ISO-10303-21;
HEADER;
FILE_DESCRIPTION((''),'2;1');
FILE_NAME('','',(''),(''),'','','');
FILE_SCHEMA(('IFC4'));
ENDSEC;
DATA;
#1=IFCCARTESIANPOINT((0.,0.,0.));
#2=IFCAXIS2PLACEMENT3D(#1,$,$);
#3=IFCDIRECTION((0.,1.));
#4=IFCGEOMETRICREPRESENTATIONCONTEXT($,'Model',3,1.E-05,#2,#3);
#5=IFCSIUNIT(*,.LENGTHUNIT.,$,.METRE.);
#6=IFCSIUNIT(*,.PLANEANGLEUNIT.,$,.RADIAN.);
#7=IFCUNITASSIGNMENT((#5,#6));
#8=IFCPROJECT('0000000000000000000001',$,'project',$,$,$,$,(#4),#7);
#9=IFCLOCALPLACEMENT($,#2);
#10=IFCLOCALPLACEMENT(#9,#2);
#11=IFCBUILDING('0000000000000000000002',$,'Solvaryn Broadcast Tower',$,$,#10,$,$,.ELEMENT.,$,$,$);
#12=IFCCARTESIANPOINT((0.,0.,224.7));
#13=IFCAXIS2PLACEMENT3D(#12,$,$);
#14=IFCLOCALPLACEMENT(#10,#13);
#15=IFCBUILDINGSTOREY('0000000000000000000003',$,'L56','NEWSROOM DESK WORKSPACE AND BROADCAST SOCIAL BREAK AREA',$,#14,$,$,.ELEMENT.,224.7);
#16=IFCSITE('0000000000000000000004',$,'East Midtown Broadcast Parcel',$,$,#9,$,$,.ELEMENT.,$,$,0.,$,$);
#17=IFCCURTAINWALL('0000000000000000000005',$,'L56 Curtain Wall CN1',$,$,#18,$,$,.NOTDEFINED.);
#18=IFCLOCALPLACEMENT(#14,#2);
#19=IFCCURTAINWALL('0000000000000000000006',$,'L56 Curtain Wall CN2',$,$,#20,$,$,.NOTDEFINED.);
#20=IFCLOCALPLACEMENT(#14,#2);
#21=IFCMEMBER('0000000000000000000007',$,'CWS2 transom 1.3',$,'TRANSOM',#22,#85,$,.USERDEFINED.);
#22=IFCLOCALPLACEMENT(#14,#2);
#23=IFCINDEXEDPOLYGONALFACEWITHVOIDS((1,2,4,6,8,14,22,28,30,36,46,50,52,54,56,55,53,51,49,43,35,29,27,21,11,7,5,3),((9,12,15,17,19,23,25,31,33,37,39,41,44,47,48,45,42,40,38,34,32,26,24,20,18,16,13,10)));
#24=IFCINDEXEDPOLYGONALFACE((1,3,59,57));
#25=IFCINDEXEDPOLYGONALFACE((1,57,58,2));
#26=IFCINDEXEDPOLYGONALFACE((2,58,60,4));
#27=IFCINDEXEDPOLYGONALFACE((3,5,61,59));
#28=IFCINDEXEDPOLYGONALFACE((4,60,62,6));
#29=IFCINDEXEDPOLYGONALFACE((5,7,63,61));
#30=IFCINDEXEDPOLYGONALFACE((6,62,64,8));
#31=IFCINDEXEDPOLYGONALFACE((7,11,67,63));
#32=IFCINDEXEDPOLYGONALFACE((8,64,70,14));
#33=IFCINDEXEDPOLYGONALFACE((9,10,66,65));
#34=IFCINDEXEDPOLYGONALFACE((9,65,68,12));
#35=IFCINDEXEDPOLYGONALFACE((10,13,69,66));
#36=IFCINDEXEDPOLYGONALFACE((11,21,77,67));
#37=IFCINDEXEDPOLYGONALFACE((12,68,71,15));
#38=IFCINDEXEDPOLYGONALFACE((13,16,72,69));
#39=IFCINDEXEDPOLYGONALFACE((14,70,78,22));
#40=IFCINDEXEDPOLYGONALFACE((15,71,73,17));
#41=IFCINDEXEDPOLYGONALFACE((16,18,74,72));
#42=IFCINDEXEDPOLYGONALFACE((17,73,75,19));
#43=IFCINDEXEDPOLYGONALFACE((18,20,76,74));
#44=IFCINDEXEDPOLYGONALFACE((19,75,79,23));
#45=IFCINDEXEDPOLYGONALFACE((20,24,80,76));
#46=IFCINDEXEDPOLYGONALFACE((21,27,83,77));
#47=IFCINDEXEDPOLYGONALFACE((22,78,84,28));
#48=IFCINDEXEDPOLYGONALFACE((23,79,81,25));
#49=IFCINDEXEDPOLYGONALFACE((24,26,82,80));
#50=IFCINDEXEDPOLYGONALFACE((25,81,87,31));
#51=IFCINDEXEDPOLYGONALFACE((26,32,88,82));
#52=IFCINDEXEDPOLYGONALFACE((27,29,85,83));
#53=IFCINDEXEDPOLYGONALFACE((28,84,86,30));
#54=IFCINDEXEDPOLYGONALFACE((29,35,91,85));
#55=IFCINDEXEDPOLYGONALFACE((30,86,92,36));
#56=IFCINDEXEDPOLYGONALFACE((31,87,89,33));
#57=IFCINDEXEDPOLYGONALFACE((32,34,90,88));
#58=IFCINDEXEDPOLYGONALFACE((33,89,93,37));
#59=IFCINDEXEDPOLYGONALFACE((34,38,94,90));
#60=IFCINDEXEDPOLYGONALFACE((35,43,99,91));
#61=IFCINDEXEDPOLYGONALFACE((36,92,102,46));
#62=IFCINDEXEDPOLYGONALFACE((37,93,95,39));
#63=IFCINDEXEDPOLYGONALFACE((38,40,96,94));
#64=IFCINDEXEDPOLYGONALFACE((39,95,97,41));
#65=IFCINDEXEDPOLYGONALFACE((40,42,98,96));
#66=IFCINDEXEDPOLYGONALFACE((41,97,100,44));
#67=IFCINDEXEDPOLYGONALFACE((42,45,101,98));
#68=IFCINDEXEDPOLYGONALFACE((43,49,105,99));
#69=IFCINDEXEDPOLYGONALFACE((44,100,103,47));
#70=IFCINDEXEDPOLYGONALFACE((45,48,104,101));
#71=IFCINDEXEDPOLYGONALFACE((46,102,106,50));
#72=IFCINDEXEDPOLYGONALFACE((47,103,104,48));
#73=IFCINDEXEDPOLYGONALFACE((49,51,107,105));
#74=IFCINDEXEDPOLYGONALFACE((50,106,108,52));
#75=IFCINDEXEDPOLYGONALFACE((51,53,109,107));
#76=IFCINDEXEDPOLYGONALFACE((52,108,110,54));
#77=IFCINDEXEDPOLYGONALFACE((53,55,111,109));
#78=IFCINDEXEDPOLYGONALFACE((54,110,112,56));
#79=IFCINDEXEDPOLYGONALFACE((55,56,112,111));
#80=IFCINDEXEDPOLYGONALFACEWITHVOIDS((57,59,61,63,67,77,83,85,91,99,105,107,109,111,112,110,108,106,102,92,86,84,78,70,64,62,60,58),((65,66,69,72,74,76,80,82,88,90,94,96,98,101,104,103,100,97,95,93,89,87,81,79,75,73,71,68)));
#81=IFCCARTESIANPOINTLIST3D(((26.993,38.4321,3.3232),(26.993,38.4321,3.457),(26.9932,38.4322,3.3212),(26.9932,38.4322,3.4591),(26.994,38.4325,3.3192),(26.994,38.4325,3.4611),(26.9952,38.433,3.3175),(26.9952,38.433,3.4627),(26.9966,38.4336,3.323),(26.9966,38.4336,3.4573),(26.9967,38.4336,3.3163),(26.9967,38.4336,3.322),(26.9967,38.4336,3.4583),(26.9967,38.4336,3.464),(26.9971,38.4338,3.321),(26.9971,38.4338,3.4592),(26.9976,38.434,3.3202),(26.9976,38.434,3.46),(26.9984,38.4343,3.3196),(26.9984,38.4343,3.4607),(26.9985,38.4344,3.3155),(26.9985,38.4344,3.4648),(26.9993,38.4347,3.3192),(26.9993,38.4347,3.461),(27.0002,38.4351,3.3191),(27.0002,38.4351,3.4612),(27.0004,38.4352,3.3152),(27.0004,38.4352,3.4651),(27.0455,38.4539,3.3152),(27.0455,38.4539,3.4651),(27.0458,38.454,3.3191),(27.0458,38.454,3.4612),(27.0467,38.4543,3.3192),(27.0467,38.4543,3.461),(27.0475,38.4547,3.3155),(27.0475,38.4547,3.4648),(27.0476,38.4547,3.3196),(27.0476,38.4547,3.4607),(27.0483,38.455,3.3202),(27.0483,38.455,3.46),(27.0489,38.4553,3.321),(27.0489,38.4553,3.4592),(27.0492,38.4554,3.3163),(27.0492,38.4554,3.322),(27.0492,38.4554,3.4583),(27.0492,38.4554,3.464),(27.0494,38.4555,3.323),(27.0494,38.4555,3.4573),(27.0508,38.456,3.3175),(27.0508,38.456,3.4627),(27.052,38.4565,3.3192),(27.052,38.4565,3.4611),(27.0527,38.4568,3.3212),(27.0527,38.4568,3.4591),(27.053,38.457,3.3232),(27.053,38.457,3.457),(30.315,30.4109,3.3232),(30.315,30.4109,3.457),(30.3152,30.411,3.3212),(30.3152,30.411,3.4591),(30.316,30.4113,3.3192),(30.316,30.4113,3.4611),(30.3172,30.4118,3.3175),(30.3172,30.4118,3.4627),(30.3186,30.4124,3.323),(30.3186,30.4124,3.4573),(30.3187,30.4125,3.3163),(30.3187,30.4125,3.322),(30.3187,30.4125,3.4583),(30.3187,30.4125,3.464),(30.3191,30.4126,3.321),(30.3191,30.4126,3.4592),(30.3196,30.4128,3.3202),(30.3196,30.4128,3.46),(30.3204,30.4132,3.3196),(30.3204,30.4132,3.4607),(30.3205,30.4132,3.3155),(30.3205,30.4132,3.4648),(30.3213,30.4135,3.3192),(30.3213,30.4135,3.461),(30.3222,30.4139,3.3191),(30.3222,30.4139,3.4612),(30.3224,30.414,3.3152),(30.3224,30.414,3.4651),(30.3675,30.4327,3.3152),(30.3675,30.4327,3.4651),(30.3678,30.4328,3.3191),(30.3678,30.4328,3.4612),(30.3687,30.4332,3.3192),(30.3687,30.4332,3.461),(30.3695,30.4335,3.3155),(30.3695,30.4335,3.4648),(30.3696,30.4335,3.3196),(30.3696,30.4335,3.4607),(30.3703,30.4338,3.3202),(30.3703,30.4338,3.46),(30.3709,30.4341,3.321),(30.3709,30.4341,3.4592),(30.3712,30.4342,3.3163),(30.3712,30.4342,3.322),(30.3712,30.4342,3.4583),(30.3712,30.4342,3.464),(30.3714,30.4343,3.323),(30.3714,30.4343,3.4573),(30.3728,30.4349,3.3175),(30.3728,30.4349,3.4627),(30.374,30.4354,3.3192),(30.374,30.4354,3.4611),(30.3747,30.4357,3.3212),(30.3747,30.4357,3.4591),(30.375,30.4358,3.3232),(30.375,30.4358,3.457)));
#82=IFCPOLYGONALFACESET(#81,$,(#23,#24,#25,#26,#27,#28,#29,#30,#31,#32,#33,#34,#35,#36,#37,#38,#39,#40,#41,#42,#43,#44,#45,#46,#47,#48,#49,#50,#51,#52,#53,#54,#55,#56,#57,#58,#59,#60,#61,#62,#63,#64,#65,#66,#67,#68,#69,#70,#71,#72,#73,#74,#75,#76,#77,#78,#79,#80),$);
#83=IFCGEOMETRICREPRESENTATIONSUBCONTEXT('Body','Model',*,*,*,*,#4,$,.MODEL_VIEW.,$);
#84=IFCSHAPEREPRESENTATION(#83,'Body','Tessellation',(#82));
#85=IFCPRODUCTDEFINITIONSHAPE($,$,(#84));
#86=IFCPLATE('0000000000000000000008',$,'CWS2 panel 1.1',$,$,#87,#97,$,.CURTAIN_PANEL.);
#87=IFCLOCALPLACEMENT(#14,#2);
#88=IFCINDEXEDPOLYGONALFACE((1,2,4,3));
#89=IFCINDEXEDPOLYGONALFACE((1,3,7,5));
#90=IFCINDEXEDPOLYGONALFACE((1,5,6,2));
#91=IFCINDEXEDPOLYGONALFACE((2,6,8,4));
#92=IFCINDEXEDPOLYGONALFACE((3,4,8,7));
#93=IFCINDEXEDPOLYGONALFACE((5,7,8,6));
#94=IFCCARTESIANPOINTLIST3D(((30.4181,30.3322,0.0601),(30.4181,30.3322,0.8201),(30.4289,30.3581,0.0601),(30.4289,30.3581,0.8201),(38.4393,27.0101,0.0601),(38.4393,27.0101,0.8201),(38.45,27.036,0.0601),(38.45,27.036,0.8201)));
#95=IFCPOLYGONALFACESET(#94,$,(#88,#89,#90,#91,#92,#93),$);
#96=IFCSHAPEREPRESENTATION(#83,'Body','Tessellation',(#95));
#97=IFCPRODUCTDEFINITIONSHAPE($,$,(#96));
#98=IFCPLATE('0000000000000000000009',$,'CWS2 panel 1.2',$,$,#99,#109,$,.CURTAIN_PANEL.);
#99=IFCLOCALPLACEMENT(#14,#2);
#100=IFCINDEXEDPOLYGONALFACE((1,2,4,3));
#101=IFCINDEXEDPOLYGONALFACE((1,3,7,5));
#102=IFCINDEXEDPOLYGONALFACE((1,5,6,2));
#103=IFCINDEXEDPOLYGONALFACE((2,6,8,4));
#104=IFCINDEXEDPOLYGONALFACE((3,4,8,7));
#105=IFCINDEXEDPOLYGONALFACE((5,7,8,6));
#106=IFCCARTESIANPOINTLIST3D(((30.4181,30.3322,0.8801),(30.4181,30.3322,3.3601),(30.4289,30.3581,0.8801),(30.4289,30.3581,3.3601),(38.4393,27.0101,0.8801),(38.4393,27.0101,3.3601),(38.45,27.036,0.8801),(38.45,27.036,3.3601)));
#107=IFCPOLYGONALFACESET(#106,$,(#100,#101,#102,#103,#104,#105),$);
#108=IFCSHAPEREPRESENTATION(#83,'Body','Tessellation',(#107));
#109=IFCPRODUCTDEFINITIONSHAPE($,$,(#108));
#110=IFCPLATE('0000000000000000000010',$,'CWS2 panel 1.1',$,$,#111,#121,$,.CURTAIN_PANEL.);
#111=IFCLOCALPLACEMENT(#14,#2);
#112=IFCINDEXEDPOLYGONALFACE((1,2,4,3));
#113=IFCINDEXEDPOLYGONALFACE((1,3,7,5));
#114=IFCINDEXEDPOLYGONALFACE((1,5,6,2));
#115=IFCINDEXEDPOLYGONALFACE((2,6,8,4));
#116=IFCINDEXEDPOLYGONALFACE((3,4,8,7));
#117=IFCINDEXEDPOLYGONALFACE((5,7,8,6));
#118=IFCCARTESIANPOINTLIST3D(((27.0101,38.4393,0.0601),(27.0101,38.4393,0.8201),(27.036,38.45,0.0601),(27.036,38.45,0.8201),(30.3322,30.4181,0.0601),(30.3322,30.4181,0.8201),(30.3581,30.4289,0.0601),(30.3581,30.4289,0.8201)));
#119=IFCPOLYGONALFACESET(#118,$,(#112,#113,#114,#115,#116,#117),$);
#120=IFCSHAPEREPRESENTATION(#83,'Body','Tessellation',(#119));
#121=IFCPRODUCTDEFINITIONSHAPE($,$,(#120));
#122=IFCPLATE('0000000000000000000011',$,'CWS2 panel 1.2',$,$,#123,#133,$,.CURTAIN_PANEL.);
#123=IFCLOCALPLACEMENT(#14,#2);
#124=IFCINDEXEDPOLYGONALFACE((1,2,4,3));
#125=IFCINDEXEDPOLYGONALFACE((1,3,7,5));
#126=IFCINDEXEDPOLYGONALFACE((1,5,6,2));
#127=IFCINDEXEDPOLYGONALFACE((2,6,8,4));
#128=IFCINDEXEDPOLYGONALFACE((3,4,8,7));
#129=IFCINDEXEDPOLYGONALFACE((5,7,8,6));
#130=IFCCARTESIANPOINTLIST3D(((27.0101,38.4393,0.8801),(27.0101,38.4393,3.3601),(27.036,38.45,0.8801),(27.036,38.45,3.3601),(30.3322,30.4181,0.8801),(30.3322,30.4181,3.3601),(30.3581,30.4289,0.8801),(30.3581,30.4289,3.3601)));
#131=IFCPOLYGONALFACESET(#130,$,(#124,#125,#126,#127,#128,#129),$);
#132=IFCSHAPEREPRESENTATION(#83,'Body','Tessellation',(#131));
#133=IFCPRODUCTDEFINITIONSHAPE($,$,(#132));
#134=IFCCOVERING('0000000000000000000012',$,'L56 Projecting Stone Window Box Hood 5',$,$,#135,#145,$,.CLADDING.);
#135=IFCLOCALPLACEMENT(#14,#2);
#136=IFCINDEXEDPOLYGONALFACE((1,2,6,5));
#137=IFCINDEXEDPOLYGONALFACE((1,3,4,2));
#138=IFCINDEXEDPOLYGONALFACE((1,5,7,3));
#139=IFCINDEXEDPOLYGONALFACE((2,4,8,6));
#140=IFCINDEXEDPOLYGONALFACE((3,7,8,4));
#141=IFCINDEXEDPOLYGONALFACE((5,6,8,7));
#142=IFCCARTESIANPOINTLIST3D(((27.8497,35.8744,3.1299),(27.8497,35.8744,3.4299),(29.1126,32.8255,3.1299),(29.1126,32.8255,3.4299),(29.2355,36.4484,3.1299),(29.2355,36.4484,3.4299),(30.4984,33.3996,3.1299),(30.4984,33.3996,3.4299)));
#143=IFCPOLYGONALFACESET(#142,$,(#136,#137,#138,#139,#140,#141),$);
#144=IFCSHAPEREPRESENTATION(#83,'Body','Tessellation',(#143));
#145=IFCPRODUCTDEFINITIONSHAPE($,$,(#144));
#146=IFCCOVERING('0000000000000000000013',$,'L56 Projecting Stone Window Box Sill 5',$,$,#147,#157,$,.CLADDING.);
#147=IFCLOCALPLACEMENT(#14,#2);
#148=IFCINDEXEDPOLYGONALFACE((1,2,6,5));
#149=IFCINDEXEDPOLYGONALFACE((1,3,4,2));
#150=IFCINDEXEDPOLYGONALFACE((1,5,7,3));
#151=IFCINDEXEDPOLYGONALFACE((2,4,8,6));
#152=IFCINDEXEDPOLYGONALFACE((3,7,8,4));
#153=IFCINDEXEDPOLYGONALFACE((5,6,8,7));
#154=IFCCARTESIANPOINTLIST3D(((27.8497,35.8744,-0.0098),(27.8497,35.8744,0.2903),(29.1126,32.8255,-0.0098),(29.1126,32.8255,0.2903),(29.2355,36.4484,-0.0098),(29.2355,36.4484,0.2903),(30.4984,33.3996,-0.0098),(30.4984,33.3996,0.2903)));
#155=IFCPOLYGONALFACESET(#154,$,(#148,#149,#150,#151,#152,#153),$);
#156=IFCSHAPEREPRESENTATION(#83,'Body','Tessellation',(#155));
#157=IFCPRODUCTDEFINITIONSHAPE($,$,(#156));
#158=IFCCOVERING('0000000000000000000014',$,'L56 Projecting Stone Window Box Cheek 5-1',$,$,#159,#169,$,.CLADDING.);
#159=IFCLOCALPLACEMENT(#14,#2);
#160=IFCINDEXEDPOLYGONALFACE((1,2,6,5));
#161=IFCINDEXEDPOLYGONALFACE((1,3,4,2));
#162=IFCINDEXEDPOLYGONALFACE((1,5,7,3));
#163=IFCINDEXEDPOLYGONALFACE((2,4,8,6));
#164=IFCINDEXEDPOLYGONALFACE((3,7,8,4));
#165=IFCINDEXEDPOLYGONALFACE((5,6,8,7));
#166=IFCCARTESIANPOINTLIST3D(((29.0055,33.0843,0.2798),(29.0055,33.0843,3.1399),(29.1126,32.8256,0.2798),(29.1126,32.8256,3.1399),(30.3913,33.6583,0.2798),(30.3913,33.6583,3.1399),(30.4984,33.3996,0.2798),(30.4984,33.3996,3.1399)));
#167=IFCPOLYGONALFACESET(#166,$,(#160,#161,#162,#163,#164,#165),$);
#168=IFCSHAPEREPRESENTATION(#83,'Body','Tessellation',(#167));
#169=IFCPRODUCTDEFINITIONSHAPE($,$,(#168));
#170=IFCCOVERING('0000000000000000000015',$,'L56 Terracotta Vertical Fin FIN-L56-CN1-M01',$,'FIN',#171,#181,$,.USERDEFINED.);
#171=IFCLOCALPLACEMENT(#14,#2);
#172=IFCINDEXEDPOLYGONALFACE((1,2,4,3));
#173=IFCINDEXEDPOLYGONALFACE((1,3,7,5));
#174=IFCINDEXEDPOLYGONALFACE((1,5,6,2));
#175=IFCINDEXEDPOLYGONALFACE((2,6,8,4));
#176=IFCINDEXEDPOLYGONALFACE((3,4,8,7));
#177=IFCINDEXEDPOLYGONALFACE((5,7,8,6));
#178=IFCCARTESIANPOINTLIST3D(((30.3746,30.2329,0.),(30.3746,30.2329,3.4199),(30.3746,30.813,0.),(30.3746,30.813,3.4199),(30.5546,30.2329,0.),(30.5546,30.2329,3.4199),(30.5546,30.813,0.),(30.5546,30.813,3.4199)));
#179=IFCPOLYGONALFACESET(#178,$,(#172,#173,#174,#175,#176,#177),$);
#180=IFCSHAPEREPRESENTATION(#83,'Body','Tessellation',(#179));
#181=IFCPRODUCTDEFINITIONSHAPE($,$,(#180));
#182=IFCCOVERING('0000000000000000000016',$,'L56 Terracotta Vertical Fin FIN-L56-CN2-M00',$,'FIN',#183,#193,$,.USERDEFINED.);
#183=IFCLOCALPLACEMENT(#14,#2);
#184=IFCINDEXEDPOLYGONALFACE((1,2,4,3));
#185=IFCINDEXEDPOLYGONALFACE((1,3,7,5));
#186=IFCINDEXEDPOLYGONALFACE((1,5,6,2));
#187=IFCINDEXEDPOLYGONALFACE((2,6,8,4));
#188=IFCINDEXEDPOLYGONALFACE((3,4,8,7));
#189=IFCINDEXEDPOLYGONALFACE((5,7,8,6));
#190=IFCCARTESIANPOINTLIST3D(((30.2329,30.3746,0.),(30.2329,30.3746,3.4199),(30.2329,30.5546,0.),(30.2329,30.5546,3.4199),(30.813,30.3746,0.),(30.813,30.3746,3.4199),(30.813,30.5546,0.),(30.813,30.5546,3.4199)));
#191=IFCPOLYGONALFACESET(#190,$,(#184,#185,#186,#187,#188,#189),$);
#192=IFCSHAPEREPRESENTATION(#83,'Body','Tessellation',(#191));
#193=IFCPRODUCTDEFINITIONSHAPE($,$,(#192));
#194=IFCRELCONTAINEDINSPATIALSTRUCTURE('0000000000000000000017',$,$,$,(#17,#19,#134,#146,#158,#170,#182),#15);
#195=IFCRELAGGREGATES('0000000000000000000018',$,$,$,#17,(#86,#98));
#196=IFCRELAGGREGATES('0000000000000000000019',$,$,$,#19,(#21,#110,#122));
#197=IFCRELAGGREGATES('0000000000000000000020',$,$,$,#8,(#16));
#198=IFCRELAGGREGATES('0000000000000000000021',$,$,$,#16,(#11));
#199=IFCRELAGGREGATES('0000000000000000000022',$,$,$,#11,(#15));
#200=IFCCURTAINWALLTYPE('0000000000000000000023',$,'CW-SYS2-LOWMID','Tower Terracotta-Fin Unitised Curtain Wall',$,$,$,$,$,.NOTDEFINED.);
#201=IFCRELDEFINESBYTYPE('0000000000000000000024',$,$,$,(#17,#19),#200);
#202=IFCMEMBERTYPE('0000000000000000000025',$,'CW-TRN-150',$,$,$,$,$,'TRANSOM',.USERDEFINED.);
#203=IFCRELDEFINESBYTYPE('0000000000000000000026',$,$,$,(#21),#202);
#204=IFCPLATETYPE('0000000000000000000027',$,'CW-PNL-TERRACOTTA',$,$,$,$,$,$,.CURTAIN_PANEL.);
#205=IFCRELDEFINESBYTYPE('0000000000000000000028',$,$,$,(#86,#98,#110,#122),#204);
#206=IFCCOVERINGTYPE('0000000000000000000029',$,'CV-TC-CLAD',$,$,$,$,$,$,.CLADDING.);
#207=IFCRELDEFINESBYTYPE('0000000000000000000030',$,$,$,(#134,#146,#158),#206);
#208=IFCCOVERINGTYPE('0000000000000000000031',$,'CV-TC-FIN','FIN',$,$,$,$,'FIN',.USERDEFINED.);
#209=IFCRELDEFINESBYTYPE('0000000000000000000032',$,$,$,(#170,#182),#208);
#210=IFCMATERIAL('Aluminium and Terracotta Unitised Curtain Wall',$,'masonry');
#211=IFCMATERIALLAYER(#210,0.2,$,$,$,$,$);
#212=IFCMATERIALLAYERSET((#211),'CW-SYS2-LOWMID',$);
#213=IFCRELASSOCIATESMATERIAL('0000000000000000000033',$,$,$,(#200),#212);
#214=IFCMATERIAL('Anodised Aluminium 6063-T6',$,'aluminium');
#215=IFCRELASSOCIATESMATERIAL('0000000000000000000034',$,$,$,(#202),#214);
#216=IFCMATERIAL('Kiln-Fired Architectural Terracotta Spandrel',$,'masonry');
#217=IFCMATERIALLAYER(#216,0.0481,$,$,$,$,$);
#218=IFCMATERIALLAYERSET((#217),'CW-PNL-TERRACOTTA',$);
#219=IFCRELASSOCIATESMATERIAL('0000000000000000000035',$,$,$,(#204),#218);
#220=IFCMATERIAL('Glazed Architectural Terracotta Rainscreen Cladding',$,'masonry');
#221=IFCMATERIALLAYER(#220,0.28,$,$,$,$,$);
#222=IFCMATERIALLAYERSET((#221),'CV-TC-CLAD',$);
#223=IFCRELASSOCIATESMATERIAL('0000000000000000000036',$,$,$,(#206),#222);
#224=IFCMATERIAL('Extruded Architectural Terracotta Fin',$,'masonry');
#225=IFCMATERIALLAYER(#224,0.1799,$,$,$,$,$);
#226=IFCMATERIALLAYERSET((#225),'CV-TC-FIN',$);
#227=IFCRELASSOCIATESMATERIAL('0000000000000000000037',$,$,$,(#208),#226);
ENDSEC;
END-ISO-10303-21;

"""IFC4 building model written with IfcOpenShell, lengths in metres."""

from ifc_helpers import new_model, si_unit, direction, frame, origin, origin_2d, place, context, subcontext, project, spatial, rectangle, hollow_rectangle, extrude, material, layer, layer_set, material_profile, profile_set, type_object, element, aggregate, save


model = new_model("IFC4")

# Units and contexts
model_context = context("Model", 3, precision=1e-05, world=origin(), true_north=direction((0.0, 1.0)))
body_context = subcontext(model_context, "Body", "Model", "MODEL_VIEW")
ifc_project = project(units=[si_unit("LENGTHUNIT", "METRE"), si_unit("PLANEANGLEUNIT", "RADIAN")], contexts=[model_context])

# Site, building, storey
site_placement = place(None, origin())
site = spatial("IfcSite", under=ifc_project, at=site_placement, Name="East Midtown Broadcast Parcel", CompositionType="ELEMENT", RefElevation=0.0)
building_placement = place(site_placement, origin())
building = spatial("IfcBuilding", under=site, at=building_placement, Name="Solvaryn Broadcast Tower", CompositionType="ELEMENT")
storey_placement = place(building_placement, frame((0.0, 0.0, 224.7)))
storey = spatial("IfcBuildingStorey", under=building, at=storey_placement, Name="L56", Description="NEWSROOM DESK WORKSPACE AND BROADCAST SOCIAL BREAK AREA", CompositionType="ELEMENT", Elevation=224.7)

# Curtain wall
ifc_material_1 = material(Name="Aluminium and Terracotta Unitised Curtain Wall", Category="masonry")
ifc_layer_1 = layer(ifc_material_1, 0.2)
ifc_layer_set_1 = layer_set([ifc_layer_1], Name="CW-SYS2-LOWMID")
curtain_wall_type = type_object("IfcCurtainWallType", Name="CW-SYS2-LOWMID", Description="Tower Terracotta-Fin Unitised Curtain Wall", PredefinedType="NOTDEFINED", material=ifc_layer_set_1)
curtain_wall_1_placement = place(storey_placement, origin())
curtain_wall_1 = element("IfcCurtainWall", 1, at=curtain_wall_1_placement, inside=storey, type_object=curtain_wall_type, Name="L56 Curtain Wall CN1", PredefinedType="NOTDEFINED")

# Curtain wall, member
curtain_wall_2_placement = place(storey_placement, origin())
curtain_wall_2 = element("IfcCurtainWall", 2, at=curtain_wall_2_placement, inside=storey, type_object=curtain_wall_type, Name="L56 Curtain Wall CN2", PredefinedType="NOTDEFINED")
ifc_material_2 = material(Name="Anodised Aluminium 6063-T6", Category="aluminium")
ifc_material_profile_1 = material_profile(ifc_material_2, hollow_rectangle(XDim=0.0649, YDim=0.1499, WallThickness=0.0039, InnerFilletRadius=0.0039, OuterFilletRadius=0.0081, at=origin_2d()))
ifc_profile_set_1 = profile_set([ifc_material_profile_1], Name="Anodised Aluminium 6063-T6")
member_type_1 = type_object("IfcMemberType", Name="CW-TRN-150", ElementType="TRANSOM", PredefinedType="USERDEFINED", material=ifc_profile_set_1)
member_1_placement = place(storey_placement, frame((30.345, 30.4233, 3.3901), z_axis=(-0.382636, 0.923899, 0.0), x_axis=(-0.923899, -0.382636, 0.0)))
member_1 = element("IfcMember", 3, at=member_1_placement, type_object=member_type_1, Name="CWS2 transom 1.3", ObjectType="TRANSOM", PredefinedType="USERDEFINED", context=body_context, shape_type="SweptSolid", body=[
    extrude(hollow_rectangle(XDim=0.0649, YDim=0.1499, WallThickness=0.0039, InnerFilletRadius=0.0039, OuterFilletRadius=0.0081, at=origin_2d()), origin(), (0.0, 0.0, 1.0), 8.6819),
])

# Plates
ifc_material_3 = material(Name="Kiln-Fired Architectural Terracotta Spandrel", Category="masonry")
ifc_layer_2 = layer(ifc_material_3, 0.0481)
ifc_layer_set_2 = layer_set([ifc_layer_2], Name="CW-PNL-TERRACOTTA")
plate_type = type_object("IfcPlateType", Name="CW-PNL-TERRACOTTA", PredefinedType="CURTAIN_PANEL", material=ifc_layer_set_2)
plate_1_placement = place(storey_placement, frame((34.4341, 28.6841, 0.0601), z_axis=(0.0, 0.0, 1.0), x_axis=(-0.923895, 0.382646, 0.0)))
plate_1 = element("IfcPlate", 4, at=plate_1_placement, type_object=plate_type, Name="CWS2 panel 1.1", PredefinedType="CURTAIN_PANEL", context=body_context, shape_type="SweptSolid", body=[
    extrude(rectangle(XDim=8.6819, YDim=0.0281, at=origin_2d()), origin(), (0.0, 0.0, 1.0), 0.76),
])
plate_2_placement = place(storey_placement, frame((34.4341, 28.6841, 0.8801), z_axis=(0.0, 0.0, 1.0), x_axis=(-0.923895, 0.382646, 0.0)))
plate_2 = element("IfcPlate", 5, at=plate_2_placement, type_object=plate_type, Name="CWS2 panel 1.2", PredefinedType="CURTAIN_PANEL", context=body_context, shape_type="SweptSolid", body=[
    extrude(rectangle(XDim=8.6819, YDim=0.0281, at=origin_2d()), origin(), (0.0, 0.0, 1.0), 2.48),
])
aggregate(curtain_wall_1, [plate_1, plate_2])
plate_3_placement = place(storey_placement, frame((28.6841, 34.4341, 0.0601), z_axis=(0.0, 0.0, 1.0), x_axis=(-0.382646, 0.923895, 0.0)))
plate_3 = element("IfcPlate", 6, at=plate_3_placement, type_object=plate_type, Name="CWS2 panel 1.1", PredefinedType="CURTAIN_PANEL", context=body_context, shape_type="SweptSolid", body=[
    extrude(rectangle(XDim=8.6819, YDim=0.0281, at=origin_2d()), origin(), (0.0, 0.0, 1.0), 0.76),
])
plate_4_placement = place(storey_placement, frame((28.6841, 34.4341, 0.8801), z_axis=(0.0, 0.0, 1.0), x_axis=(-0.382646, 0.923895, 0.0)))
plate_4 = element("IfcPlate", 7, at=plate_4_placement, type_object=plate_type, Name="CWS2 panel 1.2", PredefinedType="CURTAIN_PANEL", context=body_context, shape_type="SweptSolid", body=[
    extrude(rectangle(XDim=8.6819, YDim=0.0281, at=origin_2d()), origin(), (0.0, 0.0, 1.0), 2.48),
])
aggregate(curtain_wall_2, [member_1, plate_3, plate_4])

# Coverings
ifc_material_4 = material(Name="Glazed Architectural Terracotta Rainscreen Cladding", Category="masonry")
ifc_layer_3 = layer(ifc_material_4, 0.28)
ifc_layer_set_3 = layer_set([ifc_layer_3], Name="CV-TC-CLAD")
covering_type_1 = type_object("IfcCoveringType", Name="CV-TC-CLAD", PredefinedType="CLADDING", material=ifc_layer_set_3)
for number, where, z_axis, x_axis, name in (
    (8, (29.1741, 34.637, 3.1299), (0.0, 0.0, 1.0), (-0.382683, 0.92388, 0.0), "L56 Projecting Stone Window Box Hood 5"),
    (9, (29.1741, 34.637, -0.0098), (0.0, 0.0, 1.0), (-0.382683, 0.92388, 0.0), "L56 Projecting Stone Window Box Sill 5"),
):
    element("IfcCovering", number, at=place(storey_placement, frame(where, z_axis=z_axis, x_axis=x_axis)), inside=storey, type_object=covering_type_1, Name=name, PredefinedType="CLADDING", context=body_context, shape_type="SweptSolid", body=[
        extrude(rectangle(XDim=3.3, YDim=1.5, at=origin_2d()), origin(), (0.0, 0.0, 1.0), 0.3),
    ])
covering_1_placement = place(storey_placement, frame((29.752, 33.2419, 0.2798), z_axis=(0.0, 0.0, 1.0), x_axis=(-0.382683, 0.92388, 0.0)))
element("IfcCovering", 10, at=covering_1_placement, inside=storey, type_object=covering_type_1, Name="L56 Projecting Stone Window Box Cheek 5-1", PredefinedType="CLADDING", context=body_context, shape_type="SweptSolid", body=[
    extrude(rectangle(XDim=0.28, YDim=1.5, at=origin_2d()), origin(), (0.0, 0.0, 1.0), 2.8601),
])
ifc_material_5 = material(Name="Extruded Architectural Terracotta Fin", Category="masonry")
ifc_layer_4 = layer(ifc_material_5, 0.1799)
ifc_layer_set_4 = layer_set([ifc_layer_4], Name="CV-TC-FIN")
covering_type_2 = type_object("IfcCoveringType", Name="CV-TC-FIN", Description="FIN", ElementType="FIN", PredefinedType="USERDEFINED", material=ifc_layer_set_4)
covering_2_placement = place(storey_placement, frame((30.4646, 30.5229, 0.0), z_axis=(0.0, 0.0, 1.0), x_axis=(1.0, 0.0, 0.0)))
element("IfcCovering", 11, at=covering_2_placement, inside=storey, type_object=covering_type_2, Name="L56 Terracotta Vertical Fin FIN-L56-CN1-M01", ObjectType="FIN", PredefinedType="USERDEFINED", context=body_context, shape_type="SweptSolid", body=[
    extrude(rectangle(XDim=0.1799, YDim=0.5801, at=origin_2d()), origin(), (0.0, 0.0, 1.0), 3.4199),
])
covering_3_placement = place(storey_placement, frame((30.5229, 30.4646, 0.0), z_axis=(0.0, 0.0, 1.0), x_axis=(1.0, 0.0, 0.0)))
element("IfcCovering", 12, at=covering_3_placement, inside=storey, type_object=covering_type_2, Name="L56 Terracotta Vertical Fin FIN-L56-CN2-M00", ObjectType="FIN", PredefinedType="USERDEFINED", context=body_context, shape_type="SweptSolid", body=[
    extrude(rectangle(XDim=0.5801, YDim=0.1799, at=origin_2d()), origin(), (0.0, 0.0, 1.0), 3.4199),
])

save(model, "model.ifc")
